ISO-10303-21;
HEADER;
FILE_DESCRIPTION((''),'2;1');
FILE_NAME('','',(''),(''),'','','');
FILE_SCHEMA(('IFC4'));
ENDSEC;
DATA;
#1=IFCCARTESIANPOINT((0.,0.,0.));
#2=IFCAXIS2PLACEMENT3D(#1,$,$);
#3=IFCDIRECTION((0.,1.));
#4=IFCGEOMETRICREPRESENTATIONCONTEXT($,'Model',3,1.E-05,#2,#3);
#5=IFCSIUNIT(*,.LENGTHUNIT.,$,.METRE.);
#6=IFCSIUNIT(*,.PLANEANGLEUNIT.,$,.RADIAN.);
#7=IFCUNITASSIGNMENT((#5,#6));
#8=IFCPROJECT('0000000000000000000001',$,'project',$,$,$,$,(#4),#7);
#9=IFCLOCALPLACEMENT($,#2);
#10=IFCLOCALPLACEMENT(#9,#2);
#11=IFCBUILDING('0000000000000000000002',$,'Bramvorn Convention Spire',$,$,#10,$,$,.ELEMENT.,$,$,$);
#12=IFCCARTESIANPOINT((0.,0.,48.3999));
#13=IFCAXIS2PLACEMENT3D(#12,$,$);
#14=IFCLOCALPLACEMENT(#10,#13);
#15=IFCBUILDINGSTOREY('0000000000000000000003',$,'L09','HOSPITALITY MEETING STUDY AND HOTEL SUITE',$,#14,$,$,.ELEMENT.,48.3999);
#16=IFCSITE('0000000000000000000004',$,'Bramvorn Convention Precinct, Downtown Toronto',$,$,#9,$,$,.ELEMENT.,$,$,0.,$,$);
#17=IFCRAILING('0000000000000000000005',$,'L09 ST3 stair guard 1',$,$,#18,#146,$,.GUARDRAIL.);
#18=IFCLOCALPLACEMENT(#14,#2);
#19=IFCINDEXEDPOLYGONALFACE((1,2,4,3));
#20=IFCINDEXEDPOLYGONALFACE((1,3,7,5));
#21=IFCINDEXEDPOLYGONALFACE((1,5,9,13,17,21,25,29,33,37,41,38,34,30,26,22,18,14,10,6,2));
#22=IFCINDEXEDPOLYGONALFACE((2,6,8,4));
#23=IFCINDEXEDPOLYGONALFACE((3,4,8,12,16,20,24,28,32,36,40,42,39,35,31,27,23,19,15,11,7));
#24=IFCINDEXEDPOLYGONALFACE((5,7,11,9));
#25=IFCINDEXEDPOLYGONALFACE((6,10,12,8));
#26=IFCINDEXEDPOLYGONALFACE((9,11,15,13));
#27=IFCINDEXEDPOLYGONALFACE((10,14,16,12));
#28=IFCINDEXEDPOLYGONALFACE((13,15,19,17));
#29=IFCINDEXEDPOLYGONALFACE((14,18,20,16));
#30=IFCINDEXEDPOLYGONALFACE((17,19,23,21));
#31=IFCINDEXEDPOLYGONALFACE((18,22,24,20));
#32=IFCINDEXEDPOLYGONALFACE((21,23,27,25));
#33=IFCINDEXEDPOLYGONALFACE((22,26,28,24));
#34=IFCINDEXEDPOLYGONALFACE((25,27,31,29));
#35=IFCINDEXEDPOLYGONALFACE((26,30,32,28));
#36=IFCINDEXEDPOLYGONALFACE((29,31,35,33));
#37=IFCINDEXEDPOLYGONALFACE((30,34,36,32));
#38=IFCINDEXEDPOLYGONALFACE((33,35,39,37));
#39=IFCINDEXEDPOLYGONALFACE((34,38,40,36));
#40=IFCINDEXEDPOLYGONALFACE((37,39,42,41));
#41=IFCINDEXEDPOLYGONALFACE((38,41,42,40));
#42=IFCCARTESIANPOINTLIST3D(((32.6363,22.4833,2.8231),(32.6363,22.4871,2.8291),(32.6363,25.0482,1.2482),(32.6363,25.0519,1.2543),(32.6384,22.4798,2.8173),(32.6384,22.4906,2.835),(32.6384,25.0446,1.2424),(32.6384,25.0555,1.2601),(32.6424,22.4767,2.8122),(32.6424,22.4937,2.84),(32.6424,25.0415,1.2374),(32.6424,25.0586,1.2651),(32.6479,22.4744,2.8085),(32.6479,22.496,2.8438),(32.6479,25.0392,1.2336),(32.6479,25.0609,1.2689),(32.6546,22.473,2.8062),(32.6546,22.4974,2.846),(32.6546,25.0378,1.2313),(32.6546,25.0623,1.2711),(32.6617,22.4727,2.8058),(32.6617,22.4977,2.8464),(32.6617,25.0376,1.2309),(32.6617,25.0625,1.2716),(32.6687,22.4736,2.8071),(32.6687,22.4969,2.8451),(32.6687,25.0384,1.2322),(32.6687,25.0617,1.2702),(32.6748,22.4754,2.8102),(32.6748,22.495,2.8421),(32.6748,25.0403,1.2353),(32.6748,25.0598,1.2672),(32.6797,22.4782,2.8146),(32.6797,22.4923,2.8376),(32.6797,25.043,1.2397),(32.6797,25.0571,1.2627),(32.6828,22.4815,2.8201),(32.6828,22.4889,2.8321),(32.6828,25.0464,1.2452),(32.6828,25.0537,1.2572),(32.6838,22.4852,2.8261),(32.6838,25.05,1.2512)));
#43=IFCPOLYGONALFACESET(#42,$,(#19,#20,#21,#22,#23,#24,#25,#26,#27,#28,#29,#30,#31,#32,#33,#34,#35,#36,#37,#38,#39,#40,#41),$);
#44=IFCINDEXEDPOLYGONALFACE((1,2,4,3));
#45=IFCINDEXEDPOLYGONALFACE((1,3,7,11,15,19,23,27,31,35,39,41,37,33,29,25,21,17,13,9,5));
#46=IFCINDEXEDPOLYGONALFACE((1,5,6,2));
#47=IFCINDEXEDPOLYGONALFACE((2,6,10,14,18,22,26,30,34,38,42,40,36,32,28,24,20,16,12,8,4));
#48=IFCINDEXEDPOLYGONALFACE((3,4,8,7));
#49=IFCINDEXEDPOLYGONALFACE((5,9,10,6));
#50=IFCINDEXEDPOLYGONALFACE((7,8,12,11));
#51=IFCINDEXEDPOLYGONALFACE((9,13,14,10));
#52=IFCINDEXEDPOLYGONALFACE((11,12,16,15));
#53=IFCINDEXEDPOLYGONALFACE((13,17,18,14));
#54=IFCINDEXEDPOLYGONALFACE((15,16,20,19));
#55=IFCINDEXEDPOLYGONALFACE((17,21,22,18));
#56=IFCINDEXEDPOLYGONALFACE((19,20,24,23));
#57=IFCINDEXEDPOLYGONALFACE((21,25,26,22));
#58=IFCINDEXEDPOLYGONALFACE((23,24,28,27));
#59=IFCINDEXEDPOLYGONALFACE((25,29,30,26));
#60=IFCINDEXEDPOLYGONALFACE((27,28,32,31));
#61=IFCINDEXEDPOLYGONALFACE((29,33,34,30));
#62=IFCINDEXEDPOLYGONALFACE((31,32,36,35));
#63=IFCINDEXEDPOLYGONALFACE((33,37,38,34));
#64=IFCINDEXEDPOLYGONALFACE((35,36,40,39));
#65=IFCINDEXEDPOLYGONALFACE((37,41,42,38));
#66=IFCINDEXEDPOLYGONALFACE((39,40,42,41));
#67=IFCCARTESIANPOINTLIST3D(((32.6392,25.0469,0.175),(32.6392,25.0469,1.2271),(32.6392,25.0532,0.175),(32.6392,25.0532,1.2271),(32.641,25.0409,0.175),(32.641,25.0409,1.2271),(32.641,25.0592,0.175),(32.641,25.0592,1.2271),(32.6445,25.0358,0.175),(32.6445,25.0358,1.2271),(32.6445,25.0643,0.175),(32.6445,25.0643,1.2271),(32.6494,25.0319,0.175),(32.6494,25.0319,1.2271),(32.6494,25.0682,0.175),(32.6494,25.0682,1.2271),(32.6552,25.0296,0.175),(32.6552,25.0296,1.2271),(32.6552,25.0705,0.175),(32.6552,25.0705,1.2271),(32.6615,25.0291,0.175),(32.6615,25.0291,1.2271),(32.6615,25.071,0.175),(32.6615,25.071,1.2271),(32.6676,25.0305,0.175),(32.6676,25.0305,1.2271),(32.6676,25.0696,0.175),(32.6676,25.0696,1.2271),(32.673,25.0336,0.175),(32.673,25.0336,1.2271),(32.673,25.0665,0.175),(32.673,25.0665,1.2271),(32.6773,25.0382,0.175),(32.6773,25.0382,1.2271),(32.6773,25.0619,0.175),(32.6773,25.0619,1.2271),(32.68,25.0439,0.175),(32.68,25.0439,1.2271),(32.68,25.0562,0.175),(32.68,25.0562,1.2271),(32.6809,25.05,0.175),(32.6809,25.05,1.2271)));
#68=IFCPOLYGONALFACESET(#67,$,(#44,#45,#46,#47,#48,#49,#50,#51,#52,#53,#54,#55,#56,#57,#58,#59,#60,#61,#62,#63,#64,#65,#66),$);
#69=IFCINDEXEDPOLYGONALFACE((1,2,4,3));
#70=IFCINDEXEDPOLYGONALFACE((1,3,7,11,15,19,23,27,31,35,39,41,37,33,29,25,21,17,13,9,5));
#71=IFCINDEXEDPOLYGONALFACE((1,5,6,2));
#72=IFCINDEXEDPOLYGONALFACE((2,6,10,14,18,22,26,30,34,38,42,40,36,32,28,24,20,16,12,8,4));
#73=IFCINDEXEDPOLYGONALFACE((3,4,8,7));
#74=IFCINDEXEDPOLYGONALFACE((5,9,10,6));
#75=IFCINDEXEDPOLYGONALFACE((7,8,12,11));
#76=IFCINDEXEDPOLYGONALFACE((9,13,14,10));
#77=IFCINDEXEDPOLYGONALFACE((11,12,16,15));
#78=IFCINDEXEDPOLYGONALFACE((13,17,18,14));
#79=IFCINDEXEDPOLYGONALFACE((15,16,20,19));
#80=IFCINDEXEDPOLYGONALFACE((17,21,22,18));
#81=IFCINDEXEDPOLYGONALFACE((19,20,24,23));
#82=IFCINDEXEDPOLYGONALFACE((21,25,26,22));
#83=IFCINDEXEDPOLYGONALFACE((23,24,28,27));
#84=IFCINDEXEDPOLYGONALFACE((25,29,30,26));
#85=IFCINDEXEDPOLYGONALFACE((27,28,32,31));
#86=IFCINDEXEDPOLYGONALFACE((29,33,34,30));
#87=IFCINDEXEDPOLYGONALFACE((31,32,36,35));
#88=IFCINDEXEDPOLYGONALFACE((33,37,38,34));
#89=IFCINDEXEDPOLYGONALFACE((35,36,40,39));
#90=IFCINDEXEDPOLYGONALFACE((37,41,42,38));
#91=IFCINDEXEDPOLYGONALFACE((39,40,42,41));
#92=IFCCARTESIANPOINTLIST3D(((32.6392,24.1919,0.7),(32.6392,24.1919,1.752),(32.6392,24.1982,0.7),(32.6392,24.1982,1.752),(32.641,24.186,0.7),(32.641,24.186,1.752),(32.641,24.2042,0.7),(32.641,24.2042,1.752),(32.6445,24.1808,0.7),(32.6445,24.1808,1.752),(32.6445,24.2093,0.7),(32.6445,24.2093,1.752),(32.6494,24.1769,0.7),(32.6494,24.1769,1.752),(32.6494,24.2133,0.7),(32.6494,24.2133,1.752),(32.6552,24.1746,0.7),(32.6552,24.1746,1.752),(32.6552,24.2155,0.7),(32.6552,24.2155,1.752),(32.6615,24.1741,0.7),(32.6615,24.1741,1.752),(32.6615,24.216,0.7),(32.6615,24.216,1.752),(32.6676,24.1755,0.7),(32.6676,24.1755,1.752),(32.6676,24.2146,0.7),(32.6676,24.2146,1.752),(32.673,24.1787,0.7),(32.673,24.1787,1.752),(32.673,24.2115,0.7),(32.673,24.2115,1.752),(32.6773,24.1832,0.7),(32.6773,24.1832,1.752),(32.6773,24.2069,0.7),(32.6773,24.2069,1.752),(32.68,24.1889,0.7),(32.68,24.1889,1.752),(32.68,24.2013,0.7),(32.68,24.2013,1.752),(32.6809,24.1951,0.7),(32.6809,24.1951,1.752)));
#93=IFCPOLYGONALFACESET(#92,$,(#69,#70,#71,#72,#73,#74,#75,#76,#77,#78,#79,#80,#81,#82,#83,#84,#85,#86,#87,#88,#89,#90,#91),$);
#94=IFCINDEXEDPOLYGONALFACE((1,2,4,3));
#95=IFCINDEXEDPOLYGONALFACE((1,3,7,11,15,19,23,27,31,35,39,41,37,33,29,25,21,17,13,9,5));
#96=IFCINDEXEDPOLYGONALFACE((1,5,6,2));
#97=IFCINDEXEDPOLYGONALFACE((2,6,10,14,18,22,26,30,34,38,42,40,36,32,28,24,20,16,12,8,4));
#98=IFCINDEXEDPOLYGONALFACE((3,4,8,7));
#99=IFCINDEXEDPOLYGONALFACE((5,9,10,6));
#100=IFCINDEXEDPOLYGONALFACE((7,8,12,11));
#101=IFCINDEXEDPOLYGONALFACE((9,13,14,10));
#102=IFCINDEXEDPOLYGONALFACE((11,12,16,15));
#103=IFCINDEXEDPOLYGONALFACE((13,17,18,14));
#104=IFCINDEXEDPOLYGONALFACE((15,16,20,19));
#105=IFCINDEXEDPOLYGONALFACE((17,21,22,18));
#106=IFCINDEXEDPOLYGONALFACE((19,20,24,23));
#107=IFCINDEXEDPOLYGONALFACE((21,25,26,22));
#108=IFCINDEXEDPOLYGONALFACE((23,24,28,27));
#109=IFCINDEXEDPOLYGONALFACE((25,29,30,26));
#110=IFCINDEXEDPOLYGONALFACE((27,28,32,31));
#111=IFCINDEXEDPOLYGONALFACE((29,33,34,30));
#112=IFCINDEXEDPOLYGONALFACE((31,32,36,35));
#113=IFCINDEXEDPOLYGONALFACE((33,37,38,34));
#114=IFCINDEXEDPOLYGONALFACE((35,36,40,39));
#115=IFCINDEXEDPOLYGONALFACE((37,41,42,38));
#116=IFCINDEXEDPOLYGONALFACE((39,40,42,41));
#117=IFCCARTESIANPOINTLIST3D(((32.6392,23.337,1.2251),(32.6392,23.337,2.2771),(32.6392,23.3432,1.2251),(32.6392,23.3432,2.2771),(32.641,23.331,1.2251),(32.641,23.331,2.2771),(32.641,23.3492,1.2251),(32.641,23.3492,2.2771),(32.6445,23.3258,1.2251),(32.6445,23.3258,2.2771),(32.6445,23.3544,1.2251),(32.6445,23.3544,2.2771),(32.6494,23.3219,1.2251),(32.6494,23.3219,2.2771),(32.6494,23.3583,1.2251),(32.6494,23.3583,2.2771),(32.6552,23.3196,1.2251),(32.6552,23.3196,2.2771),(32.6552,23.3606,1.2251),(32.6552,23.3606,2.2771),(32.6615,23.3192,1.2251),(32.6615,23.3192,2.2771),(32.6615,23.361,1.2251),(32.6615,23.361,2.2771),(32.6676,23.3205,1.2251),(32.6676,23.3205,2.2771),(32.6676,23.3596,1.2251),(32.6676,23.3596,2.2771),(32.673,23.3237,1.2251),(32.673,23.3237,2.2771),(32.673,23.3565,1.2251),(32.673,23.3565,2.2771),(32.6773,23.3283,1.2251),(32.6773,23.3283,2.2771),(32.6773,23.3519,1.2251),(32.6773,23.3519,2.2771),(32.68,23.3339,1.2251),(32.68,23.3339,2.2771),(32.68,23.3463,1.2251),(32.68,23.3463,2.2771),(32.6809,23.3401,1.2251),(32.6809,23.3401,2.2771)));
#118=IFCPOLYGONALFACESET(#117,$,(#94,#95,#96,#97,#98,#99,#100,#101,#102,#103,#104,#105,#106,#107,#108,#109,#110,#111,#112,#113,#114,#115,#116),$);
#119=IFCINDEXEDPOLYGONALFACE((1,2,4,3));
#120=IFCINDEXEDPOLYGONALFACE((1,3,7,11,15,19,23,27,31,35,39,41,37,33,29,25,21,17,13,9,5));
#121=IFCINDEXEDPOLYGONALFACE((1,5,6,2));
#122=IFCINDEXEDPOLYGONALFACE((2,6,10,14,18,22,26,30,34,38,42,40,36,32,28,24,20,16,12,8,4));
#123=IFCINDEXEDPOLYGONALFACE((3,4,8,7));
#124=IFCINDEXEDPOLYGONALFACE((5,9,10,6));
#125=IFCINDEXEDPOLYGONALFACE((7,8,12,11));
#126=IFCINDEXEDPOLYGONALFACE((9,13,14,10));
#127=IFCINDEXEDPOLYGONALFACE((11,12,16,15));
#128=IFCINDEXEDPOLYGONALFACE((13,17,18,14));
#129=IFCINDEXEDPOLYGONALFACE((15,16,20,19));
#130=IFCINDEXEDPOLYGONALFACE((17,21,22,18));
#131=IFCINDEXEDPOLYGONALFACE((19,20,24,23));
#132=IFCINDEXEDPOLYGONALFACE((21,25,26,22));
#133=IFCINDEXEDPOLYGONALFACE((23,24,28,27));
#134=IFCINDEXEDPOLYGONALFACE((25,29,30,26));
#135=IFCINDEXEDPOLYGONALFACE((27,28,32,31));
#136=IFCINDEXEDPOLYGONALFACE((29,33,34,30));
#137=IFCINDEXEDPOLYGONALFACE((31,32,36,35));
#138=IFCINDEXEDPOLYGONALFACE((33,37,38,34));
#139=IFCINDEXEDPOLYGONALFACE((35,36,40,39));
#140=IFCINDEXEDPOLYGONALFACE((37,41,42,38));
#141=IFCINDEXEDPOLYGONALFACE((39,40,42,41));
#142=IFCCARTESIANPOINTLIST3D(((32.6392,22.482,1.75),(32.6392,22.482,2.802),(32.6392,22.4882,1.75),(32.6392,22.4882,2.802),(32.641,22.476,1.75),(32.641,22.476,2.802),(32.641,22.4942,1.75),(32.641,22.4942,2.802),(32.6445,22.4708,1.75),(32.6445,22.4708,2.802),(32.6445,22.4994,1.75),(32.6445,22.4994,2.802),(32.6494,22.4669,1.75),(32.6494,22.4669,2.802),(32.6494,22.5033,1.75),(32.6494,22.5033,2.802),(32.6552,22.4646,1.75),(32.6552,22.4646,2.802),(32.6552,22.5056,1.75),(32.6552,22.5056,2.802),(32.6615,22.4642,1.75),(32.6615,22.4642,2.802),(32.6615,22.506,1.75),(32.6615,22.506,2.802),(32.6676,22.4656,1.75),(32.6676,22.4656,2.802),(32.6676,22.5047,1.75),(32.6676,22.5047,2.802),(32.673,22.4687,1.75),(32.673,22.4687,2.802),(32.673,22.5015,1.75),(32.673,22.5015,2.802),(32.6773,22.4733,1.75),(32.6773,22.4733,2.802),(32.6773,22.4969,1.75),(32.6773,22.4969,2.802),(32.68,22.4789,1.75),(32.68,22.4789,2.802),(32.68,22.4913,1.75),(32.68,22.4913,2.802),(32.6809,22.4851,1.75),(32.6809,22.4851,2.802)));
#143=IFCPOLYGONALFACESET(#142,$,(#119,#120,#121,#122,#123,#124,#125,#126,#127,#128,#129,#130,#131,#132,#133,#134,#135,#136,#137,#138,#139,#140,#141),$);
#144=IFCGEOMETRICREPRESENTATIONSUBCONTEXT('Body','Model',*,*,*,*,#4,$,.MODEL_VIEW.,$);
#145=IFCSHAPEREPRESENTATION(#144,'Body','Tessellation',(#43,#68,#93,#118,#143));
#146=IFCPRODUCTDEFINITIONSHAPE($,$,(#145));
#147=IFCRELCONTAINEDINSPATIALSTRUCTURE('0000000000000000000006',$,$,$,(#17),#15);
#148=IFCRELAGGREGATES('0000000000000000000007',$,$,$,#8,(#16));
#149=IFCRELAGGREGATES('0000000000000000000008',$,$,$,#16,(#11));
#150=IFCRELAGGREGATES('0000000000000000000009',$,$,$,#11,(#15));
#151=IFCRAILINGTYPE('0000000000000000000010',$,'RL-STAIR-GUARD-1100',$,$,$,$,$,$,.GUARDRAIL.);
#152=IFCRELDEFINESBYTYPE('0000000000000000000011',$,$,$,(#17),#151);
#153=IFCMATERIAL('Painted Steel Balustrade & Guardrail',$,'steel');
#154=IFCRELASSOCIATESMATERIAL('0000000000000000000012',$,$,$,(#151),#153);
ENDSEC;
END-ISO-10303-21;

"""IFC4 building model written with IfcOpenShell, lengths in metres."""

from ifc_helpers import new_model, si_unit, direction, frame, origin, origin_2d, place, context, subcontext, project, spatial, circle, extrude, material, type_object, element, save


model = new_model("IFC4")

# Units and contexts
model_context = context("Model", 3, precision=1e-05, world=origin(), true_north=direction((0.0, 1.0)))
body_context = subcontext(model_context, "Body", "Model", "MODEL_VIEW")
ifc_project = project(units=[si_unit("LENGTHUNIT", "METRE"), si_unit("PLANEANGLEUNIT", "RADIAN")], contexts=[model_context])

# Site, building, storey
site_placement = place(None, origin())
site = spatial("IfcSite", under=ifc_project, at=site_placement, Name="Bramvorn Convention Precinct, Downtown Toronto", CompositionType="ELEMENT", RefElevation=0.0)
building_placement = place(site_placement, origin())
building = spatial("IfcBuilding", under=site, at=building_placement, Name="Bramvorn Convention Spire", CompositionType="ELEMENT")
storey_placement = place(building_placement, frame((0.0, 0.0, 48.3999)))
storey = spatial("IfcBuildingStorey", under=building, at=storey_placement, Name="L09", Description="HOSPITALITY MEETING STUDY AND HOTEL SUITE", CompositionType="ELEMENT", Elevation=48.3999)

# Railing
ifc_material_1 = material(Name="Painted Steel Balustrade & Guardrail", Category="steel")
railing_type = type_object("IfcRailingType", Name="RL-STAIR-GUARD-1100", PredefinedType="GUARDRAIL", material=ifc_material_1)
railing_1_placement = place(storey_placement, frame((32.6599, 25.05, 0.175)))
element("IfcRailing", 1, at=railing_1_placement, inside=storey, type_object=railing_type, Name="L09 ST3 stair guard 1", PredefinedType="GUARDRAIL", context=body_context, shape_type="SweptSolid", body=[
    extrude(circle(Radius=0.0239, at=origin_2d()), frame((0.0, 0.0, 1.0762), z_axis=(0.0, -0.852173, 0.52326), x_axis=(1.0, 0.0, 0.0)), (0.0, 0.0, 1.0), 3.0098),
    extrude(circle(Radius=0.021, at=origin_2d()), origin(), (0.0, 0.0, 1.0), 1.052),
    extrude(circle(Radius=0.021, at=origin_2d()), frame((0.0, -0.855, 0.5249)), (0.0, 0.0, 1.0), 1.052),
    extrude(circle(Radius=0.021, at=origin_2d()), frame((0.0, -1.71, 1.05)), (0.0, 0.0, 1.0), 1.052),
    extrude(circle(Radius=0.021, at=origin_2d()), frame((0.0, -2.5649, 1.575)), (0.0, 0.0, 1.0), 1.052),
])

save(model, "model.ifc")
